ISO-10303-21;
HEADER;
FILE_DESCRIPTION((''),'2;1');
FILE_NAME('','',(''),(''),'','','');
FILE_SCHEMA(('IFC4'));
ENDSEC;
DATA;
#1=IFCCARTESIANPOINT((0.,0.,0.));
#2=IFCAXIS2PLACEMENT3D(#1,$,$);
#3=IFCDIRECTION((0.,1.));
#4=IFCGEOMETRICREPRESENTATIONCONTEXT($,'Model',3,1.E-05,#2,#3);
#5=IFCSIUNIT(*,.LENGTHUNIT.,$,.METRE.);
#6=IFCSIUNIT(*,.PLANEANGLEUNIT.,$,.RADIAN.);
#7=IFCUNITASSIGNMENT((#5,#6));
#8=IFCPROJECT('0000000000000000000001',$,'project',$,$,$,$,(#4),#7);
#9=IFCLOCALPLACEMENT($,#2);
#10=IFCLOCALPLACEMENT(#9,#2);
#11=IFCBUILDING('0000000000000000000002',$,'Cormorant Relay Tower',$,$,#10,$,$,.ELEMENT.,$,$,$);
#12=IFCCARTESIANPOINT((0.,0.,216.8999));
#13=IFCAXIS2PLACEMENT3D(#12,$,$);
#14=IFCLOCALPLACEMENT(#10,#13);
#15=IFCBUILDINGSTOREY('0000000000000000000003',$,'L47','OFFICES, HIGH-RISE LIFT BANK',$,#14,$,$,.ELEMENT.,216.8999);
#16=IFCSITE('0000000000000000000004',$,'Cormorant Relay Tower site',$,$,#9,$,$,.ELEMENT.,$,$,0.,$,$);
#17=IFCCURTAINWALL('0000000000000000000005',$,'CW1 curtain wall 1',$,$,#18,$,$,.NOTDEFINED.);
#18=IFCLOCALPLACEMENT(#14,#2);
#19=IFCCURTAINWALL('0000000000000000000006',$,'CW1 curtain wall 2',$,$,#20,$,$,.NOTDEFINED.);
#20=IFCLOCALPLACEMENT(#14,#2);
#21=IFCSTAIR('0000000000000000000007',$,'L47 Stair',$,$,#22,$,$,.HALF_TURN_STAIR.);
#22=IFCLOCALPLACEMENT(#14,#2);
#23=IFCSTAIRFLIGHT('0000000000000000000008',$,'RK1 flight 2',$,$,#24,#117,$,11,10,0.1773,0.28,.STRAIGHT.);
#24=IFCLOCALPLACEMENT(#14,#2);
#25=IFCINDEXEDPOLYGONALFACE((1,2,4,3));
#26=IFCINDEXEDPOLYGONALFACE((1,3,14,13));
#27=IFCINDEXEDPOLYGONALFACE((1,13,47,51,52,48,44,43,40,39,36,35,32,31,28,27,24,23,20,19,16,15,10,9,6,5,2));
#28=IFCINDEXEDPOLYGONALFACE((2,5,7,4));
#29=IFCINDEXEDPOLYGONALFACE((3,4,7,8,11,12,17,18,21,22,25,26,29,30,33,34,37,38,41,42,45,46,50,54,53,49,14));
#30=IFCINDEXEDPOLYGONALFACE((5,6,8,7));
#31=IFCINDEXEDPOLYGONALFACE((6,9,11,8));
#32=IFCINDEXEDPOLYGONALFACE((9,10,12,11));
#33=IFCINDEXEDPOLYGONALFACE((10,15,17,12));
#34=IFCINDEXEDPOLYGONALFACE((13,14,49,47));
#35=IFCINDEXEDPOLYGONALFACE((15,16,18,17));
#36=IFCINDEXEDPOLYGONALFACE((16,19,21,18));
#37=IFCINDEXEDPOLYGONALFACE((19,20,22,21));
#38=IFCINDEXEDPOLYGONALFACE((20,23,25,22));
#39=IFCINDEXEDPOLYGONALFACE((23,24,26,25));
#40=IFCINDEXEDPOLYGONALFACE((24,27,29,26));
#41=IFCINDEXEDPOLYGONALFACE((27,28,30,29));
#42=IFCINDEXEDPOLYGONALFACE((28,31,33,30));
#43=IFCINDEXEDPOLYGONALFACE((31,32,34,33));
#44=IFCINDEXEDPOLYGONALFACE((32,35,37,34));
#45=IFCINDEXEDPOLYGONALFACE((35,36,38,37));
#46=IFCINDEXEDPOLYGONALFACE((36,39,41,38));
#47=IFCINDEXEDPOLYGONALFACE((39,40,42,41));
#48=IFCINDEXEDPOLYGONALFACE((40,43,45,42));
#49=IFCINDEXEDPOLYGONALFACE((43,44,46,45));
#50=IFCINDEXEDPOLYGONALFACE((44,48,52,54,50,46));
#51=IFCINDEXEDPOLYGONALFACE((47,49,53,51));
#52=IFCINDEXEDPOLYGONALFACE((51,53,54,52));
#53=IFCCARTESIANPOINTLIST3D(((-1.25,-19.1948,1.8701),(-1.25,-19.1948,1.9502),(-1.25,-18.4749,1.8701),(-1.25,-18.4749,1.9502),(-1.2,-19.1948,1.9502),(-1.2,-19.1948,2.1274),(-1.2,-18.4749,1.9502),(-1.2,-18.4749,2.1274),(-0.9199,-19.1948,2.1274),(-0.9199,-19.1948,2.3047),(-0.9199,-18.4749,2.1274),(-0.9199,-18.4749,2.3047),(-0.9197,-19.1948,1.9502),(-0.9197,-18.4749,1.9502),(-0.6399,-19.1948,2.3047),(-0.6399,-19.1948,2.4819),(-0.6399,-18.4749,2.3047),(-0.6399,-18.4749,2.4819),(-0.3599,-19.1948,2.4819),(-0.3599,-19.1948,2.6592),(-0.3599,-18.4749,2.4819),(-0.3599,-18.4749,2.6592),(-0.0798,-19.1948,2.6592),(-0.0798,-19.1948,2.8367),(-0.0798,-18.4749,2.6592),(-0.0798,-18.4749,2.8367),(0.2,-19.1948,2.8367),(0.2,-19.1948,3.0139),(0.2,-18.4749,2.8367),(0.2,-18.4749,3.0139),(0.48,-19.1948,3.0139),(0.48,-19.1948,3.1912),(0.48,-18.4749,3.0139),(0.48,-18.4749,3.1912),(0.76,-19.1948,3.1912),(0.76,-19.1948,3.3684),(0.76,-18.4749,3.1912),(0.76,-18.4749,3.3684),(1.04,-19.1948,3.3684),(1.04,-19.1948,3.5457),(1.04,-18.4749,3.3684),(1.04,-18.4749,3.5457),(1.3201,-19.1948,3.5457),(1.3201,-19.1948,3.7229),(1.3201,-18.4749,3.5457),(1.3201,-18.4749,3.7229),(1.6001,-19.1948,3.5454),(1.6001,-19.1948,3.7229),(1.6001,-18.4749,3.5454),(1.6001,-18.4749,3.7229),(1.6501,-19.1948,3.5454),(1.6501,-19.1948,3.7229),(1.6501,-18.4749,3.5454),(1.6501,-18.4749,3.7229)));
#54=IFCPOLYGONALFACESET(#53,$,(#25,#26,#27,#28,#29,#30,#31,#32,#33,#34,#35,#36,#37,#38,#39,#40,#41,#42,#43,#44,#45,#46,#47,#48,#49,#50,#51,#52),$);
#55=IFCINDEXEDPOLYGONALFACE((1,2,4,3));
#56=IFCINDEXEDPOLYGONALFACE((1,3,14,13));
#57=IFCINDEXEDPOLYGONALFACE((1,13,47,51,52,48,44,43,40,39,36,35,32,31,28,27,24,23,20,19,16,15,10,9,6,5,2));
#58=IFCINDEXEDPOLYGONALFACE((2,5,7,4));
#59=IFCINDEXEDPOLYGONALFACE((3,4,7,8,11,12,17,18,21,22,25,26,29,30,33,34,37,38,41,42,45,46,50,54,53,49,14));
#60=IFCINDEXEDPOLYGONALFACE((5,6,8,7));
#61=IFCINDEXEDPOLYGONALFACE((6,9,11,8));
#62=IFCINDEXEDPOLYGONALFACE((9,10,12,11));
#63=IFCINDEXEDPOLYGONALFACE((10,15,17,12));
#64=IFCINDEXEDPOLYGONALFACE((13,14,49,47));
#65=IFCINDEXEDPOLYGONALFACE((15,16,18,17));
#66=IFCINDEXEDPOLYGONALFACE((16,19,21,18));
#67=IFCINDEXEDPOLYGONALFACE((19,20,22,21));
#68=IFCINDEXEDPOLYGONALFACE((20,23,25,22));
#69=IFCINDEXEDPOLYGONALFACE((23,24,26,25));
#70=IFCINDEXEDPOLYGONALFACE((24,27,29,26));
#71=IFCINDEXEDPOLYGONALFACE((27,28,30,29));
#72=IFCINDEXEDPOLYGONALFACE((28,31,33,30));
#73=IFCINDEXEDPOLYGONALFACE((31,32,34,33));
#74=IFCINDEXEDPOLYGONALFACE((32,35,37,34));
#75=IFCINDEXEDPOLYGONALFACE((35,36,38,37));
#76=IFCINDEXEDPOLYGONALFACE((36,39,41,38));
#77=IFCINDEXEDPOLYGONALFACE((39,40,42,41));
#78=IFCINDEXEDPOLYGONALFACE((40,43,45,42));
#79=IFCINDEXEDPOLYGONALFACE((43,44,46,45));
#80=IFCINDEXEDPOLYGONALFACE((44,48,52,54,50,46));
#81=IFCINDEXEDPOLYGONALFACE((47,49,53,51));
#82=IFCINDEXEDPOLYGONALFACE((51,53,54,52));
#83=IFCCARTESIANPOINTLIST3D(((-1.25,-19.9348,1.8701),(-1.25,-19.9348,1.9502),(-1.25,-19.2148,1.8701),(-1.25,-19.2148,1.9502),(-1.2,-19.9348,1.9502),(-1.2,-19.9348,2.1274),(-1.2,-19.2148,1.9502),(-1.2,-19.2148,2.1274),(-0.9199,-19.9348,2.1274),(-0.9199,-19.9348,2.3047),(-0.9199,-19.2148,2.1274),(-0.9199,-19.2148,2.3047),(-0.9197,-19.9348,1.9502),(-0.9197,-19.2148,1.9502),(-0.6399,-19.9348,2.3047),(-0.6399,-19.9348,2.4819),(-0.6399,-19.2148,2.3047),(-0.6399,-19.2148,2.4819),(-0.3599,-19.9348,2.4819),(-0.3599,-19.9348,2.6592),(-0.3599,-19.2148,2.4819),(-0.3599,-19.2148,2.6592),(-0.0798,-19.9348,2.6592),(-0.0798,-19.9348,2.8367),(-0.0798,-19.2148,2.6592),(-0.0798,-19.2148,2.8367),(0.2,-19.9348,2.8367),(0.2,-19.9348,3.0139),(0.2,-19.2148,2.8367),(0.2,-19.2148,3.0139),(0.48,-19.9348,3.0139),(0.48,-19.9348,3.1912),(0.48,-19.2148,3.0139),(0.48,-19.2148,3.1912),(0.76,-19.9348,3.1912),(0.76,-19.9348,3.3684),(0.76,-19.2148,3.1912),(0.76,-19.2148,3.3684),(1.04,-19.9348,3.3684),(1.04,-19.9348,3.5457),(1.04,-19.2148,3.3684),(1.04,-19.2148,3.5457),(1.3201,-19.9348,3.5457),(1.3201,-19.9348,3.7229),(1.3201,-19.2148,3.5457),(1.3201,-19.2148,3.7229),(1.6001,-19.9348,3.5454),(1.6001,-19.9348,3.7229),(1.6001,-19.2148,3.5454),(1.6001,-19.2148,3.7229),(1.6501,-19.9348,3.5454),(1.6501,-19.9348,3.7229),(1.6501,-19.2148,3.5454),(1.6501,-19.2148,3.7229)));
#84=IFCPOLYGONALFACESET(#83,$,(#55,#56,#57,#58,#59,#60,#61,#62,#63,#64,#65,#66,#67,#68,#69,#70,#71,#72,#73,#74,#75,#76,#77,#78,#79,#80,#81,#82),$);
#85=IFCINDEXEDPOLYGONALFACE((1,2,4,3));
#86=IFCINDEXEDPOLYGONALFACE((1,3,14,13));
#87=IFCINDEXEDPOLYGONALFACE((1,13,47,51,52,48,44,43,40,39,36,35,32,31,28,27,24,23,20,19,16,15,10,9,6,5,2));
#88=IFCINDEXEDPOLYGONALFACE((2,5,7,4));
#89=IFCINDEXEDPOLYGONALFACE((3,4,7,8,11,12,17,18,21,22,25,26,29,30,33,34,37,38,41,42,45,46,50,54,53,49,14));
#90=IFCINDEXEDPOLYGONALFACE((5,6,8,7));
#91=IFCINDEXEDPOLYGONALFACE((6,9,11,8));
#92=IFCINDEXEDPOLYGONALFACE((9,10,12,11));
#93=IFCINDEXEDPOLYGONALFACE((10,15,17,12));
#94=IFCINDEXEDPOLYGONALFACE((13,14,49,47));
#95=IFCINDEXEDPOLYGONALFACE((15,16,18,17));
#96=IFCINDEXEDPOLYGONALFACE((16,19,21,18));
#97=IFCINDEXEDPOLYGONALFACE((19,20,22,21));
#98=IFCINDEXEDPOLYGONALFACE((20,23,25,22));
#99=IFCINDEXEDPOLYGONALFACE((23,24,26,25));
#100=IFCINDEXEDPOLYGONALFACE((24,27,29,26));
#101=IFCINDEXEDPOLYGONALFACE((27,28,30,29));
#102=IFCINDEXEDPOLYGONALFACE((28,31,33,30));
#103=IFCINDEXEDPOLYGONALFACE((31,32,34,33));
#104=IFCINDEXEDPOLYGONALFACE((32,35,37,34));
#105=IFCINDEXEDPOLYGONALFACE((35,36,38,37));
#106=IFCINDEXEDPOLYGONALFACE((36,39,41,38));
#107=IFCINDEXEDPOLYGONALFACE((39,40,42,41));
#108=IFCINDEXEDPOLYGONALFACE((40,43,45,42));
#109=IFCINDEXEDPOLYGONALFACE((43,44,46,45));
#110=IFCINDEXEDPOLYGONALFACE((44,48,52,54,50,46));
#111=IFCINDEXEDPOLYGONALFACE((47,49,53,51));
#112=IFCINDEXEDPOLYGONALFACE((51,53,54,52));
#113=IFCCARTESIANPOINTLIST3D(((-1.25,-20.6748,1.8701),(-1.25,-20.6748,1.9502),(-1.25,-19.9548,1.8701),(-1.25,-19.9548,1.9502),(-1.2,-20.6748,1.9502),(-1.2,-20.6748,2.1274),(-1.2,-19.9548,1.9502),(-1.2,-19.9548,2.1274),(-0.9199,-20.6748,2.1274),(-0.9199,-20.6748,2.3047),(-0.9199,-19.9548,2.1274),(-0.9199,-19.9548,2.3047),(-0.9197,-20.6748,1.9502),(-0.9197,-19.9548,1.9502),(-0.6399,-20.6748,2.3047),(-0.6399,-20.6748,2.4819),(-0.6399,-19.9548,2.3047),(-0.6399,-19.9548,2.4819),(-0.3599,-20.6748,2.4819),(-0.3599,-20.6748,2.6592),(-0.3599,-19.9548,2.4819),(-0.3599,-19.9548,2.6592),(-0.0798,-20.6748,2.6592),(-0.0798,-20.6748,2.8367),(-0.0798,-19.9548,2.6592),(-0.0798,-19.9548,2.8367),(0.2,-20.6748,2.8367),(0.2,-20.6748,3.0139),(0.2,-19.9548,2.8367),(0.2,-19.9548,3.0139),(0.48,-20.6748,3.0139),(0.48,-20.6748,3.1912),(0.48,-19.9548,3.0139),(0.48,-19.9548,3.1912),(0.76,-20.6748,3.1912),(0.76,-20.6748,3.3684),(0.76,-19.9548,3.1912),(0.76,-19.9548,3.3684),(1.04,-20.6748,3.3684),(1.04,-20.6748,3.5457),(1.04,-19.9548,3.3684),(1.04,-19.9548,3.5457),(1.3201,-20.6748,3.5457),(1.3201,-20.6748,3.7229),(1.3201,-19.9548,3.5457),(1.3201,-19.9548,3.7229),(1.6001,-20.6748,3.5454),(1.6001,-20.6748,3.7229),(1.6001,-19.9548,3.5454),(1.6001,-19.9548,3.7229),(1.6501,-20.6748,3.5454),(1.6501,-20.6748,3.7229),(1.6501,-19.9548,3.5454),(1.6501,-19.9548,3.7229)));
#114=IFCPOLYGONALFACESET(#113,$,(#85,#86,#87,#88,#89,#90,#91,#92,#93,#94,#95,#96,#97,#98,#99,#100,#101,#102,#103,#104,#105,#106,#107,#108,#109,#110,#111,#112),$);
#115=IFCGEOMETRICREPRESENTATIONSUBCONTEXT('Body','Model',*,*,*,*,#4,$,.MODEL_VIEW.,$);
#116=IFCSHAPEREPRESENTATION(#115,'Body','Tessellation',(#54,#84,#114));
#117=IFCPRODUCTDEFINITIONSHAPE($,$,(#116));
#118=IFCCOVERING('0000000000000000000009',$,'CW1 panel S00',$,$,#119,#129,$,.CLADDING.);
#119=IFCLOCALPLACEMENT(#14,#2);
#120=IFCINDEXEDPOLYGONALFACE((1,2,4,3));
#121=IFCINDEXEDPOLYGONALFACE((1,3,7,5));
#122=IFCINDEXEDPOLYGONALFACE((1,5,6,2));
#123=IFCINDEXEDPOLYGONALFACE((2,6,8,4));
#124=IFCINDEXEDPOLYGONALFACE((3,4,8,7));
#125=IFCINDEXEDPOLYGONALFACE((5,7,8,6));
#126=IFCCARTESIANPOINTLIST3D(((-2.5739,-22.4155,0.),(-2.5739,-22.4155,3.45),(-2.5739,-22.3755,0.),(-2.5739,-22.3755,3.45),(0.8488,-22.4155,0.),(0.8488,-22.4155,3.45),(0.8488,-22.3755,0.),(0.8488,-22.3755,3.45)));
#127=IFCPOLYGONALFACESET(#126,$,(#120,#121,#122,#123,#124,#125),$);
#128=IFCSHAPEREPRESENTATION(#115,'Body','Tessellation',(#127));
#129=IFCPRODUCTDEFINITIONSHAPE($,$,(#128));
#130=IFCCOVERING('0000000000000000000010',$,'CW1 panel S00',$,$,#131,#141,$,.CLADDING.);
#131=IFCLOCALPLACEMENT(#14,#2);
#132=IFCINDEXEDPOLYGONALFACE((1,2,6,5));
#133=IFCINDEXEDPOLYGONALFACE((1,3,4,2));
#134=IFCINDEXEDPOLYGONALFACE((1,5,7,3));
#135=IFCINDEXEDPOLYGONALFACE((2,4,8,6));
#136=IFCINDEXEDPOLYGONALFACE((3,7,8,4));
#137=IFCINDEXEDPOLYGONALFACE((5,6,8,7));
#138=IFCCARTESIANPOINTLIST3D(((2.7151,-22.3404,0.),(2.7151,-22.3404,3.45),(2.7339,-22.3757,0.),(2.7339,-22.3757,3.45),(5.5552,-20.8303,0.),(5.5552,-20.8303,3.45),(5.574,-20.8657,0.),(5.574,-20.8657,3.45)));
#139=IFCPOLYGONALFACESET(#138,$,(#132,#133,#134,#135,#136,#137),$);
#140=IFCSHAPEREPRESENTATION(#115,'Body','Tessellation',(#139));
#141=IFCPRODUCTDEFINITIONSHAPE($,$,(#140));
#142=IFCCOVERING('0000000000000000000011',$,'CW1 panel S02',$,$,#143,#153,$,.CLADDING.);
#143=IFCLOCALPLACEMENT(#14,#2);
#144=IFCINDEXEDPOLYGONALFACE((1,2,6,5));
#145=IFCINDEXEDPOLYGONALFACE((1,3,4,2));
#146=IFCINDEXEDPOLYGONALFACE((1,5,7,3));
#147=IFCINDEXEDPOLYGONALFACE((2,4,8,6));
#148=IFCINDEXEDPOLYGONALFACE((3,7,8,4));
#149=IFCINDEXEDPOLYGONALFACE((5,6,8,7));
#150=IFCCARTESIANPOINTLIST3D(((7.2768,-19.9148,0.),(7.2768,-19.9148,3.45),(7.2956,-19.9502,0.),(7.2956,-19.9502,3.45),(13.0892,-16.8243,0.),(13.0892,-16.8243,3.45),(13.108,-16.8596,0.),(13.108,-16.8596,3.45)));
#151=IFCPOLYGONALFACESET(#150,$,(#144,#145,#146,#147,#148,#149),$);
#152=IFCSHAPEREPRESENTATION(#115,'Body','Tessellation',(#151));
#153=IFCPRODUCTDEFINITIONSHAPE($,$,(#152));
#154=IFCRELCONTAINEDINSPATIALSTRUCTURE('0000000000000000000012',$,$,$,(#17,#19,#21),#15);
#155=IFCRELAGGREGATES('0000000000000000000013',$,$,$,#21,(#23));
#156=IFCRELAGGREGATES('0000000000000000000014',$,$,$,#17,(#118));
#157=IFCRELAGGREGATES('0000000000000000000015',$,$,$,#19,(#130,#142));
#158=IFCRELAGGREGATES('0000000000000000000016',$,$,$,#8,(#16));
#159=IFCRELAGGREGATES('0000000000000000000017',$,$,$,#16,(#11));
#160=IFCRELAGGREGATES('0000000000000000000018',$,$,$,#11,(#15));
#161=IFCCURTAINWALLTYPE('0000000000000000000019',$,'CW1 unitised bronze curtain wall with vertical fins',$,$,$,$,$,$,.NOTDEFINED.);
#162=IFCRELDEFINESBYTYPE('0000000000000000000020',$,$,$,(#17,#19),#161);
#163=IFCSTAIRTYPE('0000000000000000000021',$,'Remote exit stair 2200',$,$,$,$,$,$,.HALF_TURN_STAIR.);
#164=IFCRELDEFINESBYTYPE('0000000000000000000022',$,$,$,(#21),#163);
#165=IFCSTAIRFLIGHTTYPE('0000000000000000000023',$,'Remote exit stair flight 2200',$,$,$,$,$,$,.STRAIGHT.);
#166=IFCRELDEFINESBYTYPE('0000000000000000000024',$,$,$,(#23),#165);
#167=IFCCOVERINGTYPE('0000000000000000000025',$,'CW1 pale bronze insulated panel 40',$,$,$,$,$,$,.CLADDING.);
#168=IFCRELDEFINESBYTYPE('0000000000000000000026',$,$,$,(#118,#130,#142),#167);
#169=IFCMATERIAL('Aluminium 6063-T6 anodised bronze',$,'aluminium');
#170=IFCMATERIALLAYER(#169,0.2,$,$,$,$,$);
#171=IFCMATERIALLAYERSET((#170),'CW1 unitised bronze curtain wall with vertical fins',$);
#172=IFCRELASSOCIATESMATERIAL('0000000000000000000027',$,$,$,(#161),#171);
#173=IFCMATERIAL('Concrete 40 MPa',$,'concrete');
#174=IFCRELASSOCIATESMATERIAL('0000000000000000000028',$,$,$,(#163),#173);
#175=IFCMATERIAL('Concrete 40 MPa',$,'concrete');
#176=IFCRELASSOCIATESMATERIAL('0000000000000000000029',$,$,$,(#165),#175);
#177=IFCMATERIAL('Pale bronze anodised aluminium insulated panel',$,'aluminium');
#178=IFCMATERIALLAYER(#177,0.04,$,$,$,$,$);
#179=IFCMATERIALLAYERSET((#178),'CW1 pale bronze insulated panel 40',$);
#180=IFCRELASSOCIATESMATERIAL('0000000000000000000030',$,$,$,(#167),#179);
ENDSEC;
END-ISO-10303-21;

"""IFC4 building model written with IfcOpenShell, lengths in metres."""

from ifc_helpers import new_model, si_unit, direction, frame, origin, origin_2d, place, context, subcontext, project, spatial, polyline, rectangle, outline, extrude, material, layer, layer_set, type_object, element, aggregate, save


model = new_model("IFC4")

# Units and contexts
model_context = context("Model", 3, precision=1e-05, world=origin(), true_north=direction((0.0, 1.0)))
body_context = subcontext(model_context, "Body", "Model", "MODEL_VIEW")
ifc_project = project(units=[si_unit("LENGTHUNIT", "METRE"), si_unit("PLANEANGLEUNIT", "RADIAN")], contexts=[model_context])

# Site, building, storey
site_placement = place(None, origin())
site = spatial("IfcSite", under=ifc_project, at=site_placement, Name="Cormorant Relay Tower site", CompositionType="ELEMENT", RefElevation=0.0)
building_placement = place(site_placement, origin())
building = spatial("IfcBuilding", under=site, at=building_placement, Name="Cormorant Relay Tower", CompositionType="ELEMENT")
storey_placement = place(building_placement, frame((0.0, 0.0, 216.8999)))
storey = spatial("IfcBuildingStorey", under=building, at=storey_placement, Name="L47", Description="OFFICES, HIGH-RISE LIFT BANK", CompositionType="ELEMENT", Elevation=216.8999)

# Curtain wall
ifc_material_1 = material(Name="Aluminium 6063-T6 anodised bronze", Category="aluminium")
ifc_layer_1 = layer(ifc_material_1, 0.2)
ifc_layer_set_1 = layer_set([ifc_layer_1], Name="CW1 unitised bronze curtain wall with vertical fins")
curtain_wall_type = type_object("IfcCurtainWallType", Name="CW1 unitised bronze curtain wall with vertical fins", PredefinedType="NOTDEFINED", material=ifc_layer_set_1)
curtain_wall_1_placement = place(storey_placement, origin())
curtain_wall_1 = element("IfcCurtainWall", 1, at=curtain_wall_1_placement, inside=storey, type_object=curtain_wall_type, Name="CW1 curtain wall 1", PredefinedType="NOTDEFINED")

# Curtain wall
curtain_wall_2_placement = place(storey_placement, origin())
curtain_wall_2 = element("IfcCurtainWall", 2, at=curtain_wall_2_placement, inside=storey, type_object=curtain_wall_type, Name="CW1 curtain wall 2", PredefinedType="NOTDEFINED")

# Stair, stair flight
ifc_material_2 = material(Name="Concrete 40 MPa", Category="concrete")
stair_type = type_object("IfcStairType", Name="Remote exit stair 2200", PredefinedType="HALF_TURN_STAIR", material=ifc_material_2)
stair_placement = place(storey_placement, origin())
stair = element("IfcStair", 3, at=stair_placement, inside=storey, type_object=stair_type, Name="L47 Stair", PredefinedType="HALF_TURN_STAIR")
ifc_material_3 = material(Name="Concrete 40 MPa", Category="concrete")
stair_flight_type = type_object("IfcStairFlightType", Name="Remote exit stair flight 2200", PredefinedType="STRAIGHT", material=ifc_material_3)
stair_flight_1_placement = place(storey_placement, frame((-1.2, -19.575, 1.9502), z_axis=(0.0, 0.0, 1.0), x_axis=(1.0, 0.0, 0.0)))
stair_flight_1 = element("IfcStairFlight", 4, at=stair_flight_1_placement, type_object=stair_flight_type, Name="RK1 flight 2", NumberOfRisers=11, NumberOfTreads=10, PredefinedType="STRAIGHT", RiserHeight=0.1773, TreadLength=0.28, context=body_context, shape_type="SweptSolid", body=[
    extrude(outline(polyline([(-0.05, -0.0801), (-0.05, 0.0), (0.0, 0.0), (0.0, 0.1772), (0.28, 0.1772), (0.28, 0.3545), (0.5601, 0.3545), (0.5601, 0.5317), (0.8401, 0.5317), (0.8401, 0.709), (1.1201, 0.709), (1.1201, 0.8865), (1.3999, 0.8865), (1.3999, 1.0637), (1.6799, 1.0637), (1.6799, 1.241), (1.96, 1.241), (1.96, 1.4182), (2.24, 1.4182), (2.24, 1.5955), (2.52, 1.5955), (2.52, 1.7727), (2.8, 1.7727), (2.8501, 1.7727), (2.8501, 1.5952), (2.8, 1.5952), (0.2803, 0.0), (-0.05, -0.0801)])), frame((0.0, 1.1001, 0.0), z_axis=(0.0, -1.0, 0.0), x_axis=(1.0, 0.0, 0.0)), (0.0, 0.0, 1.0), 0.72),
    extrude(outline(polyline([(-0.05, -0.0801), (-0.05, 0.0), (0.0, 0.0), (0.0, 0.1772), (0.28, 0.1772), (0.28, 0.3545), (0.5601, 0.3545), (0.5601, 0.5317), (0.8401, 0.5317), (0.8401, 0.709), (1.1201, 0.709), (1.1201, 0.8865), (1.3999, 0.8865), (1.3999, 1.0637), (1.6799, 1.0637), (1.6799, 1.241), (1.96, 1.241), (1.96, 1.4182), (2.24, 1.4182), (2.24, 1.5955), (2.52, 1.5955), (2.52, 1.7727), (2.8, 1.7727), (2.8501, 1.7727), (2.8501, 1.5952), (2.8, 1.5952), (0.2803, 0.0), (-0.05, -0.0801)])), frame((0.0, 0.3601, 0.0), z_axis=(0.0, -1.0, 0.0), x_axis=(1.0, 0.0, 0.0)), (0.0, 0.0, 1.0), 0.72),
    extrude(outline(polyline([(-0.05, -0.0801), (-0.05, 0.0), (0.0, 0.0), (0.0, 0.1772), (0.28, 0.1772), (0.28, 0.3545), (0.5601, 0.3545), (0.5601, 0.5317), (0.8401, 0.5317), (0.8401, 0.709), (1.1201, 0.709), (1.1201, 0.8865), (1.3999, 0.8865), (1.3999, 1.0637), (1.6799, 1.0637), (1.6799, 1.241), (1.96, 1.241), (1.96, 1.4182), (2.24, 1.4182), (2.24, 1.5955), (2.52, 1.5955), (2.52, 1.7727), (2.8, 1.7727), (2.8501, 1.7727), (2.8501, 1.5952), (2.8, 1.5952), (0.2803, 0.0), (-0.05, -0.0801)])), frame((0.0, -0.3799, 0.0), z_axis=(0.0, -1.0, 0.0), x_axis=(1.0, 0.0, 0.0)), (0.0, 0.0, 1.0), 0.72),
])
aggregate(stair, [stair_flight_1])

# Coverings
ifc_material_4 = material(Name="Pale bronze anodised aluminium insulated panel", Category="aluminium")
ifc_layer_2 = layer(ifc_material_4, 0.04)
ifc_layer_set_2 = layer_set([ifc_layer_2], Name="CW1 pale bronze insulated panel 40")
covering_type = type_object("IfcCoveringType", Name="CW1 pale bronze insulated panel 40", PredefinedType="CLADDING", material=ifc_layer_set_2)
covering_1_placement = place(storey_placement, frame((-0.8625, -22.3955, 0.0), z_axis=(0.0, 0.0, 1.0), x_axis=(1.0, 0.0, 0.0)))
covering_1 = element("IfcCovering", 5, at=covering_1_placement, type_object=covering_type, Name="CW1 panel S00", PredefinedType="CLADDING", context=body_context, shape_type="SweptSolid", body=[
    extrude(rectangle(XDim=3.4226, YDim=0.04, at=origin_2d()), origin(), (0.0, 0.0, 1.0), 3.45),
])
aggregate(curtain_wall_1, [covering_1])
covering_2_placement = place(storey_placement, frame((4.1445, -21.603, 0.0), z_axis=(0.0, 0.0, 1.0), x_axis=(0.882948, 0.469472, 0.0)))
covering_2 = element("IfcCovering", 6, at=covering_2_placement, type_object=covering_type, Name="CW1 panel S00", PredefinedType="CLADDING", context=body_context, shape_type="SweptSolid", body=[
    extrude(rectangle(XDim=3.2166, YDim=0.04, at=origin_2d()), origin(), (0.0, 0.0, 1.0), 3.45),
])
covering_3_placement = place(storey_placement, frame((10.1924, -18.3872, 0.0), z_axis=(0.0, 0.0, 1.0), x_axis=(0.882948, 0.469472, 0.0)))
covering_3 = element("IfcCovering", 7, at=covering_3_placement, type_object=covering_type, Name="CW1 panel S02", PredefinedType="CLADDING", context=body_context, shape_type="SweptSolid", body=[
    extrude(rectangle(XDim=6.583, YDim=0.04, at=origin_2d()), origin(), (0.0, 0.0, 1.0), 3.45),
])
aggregate(curtain_wall_2, [covering_2, covering_3])

save(model, "model.ifc")
